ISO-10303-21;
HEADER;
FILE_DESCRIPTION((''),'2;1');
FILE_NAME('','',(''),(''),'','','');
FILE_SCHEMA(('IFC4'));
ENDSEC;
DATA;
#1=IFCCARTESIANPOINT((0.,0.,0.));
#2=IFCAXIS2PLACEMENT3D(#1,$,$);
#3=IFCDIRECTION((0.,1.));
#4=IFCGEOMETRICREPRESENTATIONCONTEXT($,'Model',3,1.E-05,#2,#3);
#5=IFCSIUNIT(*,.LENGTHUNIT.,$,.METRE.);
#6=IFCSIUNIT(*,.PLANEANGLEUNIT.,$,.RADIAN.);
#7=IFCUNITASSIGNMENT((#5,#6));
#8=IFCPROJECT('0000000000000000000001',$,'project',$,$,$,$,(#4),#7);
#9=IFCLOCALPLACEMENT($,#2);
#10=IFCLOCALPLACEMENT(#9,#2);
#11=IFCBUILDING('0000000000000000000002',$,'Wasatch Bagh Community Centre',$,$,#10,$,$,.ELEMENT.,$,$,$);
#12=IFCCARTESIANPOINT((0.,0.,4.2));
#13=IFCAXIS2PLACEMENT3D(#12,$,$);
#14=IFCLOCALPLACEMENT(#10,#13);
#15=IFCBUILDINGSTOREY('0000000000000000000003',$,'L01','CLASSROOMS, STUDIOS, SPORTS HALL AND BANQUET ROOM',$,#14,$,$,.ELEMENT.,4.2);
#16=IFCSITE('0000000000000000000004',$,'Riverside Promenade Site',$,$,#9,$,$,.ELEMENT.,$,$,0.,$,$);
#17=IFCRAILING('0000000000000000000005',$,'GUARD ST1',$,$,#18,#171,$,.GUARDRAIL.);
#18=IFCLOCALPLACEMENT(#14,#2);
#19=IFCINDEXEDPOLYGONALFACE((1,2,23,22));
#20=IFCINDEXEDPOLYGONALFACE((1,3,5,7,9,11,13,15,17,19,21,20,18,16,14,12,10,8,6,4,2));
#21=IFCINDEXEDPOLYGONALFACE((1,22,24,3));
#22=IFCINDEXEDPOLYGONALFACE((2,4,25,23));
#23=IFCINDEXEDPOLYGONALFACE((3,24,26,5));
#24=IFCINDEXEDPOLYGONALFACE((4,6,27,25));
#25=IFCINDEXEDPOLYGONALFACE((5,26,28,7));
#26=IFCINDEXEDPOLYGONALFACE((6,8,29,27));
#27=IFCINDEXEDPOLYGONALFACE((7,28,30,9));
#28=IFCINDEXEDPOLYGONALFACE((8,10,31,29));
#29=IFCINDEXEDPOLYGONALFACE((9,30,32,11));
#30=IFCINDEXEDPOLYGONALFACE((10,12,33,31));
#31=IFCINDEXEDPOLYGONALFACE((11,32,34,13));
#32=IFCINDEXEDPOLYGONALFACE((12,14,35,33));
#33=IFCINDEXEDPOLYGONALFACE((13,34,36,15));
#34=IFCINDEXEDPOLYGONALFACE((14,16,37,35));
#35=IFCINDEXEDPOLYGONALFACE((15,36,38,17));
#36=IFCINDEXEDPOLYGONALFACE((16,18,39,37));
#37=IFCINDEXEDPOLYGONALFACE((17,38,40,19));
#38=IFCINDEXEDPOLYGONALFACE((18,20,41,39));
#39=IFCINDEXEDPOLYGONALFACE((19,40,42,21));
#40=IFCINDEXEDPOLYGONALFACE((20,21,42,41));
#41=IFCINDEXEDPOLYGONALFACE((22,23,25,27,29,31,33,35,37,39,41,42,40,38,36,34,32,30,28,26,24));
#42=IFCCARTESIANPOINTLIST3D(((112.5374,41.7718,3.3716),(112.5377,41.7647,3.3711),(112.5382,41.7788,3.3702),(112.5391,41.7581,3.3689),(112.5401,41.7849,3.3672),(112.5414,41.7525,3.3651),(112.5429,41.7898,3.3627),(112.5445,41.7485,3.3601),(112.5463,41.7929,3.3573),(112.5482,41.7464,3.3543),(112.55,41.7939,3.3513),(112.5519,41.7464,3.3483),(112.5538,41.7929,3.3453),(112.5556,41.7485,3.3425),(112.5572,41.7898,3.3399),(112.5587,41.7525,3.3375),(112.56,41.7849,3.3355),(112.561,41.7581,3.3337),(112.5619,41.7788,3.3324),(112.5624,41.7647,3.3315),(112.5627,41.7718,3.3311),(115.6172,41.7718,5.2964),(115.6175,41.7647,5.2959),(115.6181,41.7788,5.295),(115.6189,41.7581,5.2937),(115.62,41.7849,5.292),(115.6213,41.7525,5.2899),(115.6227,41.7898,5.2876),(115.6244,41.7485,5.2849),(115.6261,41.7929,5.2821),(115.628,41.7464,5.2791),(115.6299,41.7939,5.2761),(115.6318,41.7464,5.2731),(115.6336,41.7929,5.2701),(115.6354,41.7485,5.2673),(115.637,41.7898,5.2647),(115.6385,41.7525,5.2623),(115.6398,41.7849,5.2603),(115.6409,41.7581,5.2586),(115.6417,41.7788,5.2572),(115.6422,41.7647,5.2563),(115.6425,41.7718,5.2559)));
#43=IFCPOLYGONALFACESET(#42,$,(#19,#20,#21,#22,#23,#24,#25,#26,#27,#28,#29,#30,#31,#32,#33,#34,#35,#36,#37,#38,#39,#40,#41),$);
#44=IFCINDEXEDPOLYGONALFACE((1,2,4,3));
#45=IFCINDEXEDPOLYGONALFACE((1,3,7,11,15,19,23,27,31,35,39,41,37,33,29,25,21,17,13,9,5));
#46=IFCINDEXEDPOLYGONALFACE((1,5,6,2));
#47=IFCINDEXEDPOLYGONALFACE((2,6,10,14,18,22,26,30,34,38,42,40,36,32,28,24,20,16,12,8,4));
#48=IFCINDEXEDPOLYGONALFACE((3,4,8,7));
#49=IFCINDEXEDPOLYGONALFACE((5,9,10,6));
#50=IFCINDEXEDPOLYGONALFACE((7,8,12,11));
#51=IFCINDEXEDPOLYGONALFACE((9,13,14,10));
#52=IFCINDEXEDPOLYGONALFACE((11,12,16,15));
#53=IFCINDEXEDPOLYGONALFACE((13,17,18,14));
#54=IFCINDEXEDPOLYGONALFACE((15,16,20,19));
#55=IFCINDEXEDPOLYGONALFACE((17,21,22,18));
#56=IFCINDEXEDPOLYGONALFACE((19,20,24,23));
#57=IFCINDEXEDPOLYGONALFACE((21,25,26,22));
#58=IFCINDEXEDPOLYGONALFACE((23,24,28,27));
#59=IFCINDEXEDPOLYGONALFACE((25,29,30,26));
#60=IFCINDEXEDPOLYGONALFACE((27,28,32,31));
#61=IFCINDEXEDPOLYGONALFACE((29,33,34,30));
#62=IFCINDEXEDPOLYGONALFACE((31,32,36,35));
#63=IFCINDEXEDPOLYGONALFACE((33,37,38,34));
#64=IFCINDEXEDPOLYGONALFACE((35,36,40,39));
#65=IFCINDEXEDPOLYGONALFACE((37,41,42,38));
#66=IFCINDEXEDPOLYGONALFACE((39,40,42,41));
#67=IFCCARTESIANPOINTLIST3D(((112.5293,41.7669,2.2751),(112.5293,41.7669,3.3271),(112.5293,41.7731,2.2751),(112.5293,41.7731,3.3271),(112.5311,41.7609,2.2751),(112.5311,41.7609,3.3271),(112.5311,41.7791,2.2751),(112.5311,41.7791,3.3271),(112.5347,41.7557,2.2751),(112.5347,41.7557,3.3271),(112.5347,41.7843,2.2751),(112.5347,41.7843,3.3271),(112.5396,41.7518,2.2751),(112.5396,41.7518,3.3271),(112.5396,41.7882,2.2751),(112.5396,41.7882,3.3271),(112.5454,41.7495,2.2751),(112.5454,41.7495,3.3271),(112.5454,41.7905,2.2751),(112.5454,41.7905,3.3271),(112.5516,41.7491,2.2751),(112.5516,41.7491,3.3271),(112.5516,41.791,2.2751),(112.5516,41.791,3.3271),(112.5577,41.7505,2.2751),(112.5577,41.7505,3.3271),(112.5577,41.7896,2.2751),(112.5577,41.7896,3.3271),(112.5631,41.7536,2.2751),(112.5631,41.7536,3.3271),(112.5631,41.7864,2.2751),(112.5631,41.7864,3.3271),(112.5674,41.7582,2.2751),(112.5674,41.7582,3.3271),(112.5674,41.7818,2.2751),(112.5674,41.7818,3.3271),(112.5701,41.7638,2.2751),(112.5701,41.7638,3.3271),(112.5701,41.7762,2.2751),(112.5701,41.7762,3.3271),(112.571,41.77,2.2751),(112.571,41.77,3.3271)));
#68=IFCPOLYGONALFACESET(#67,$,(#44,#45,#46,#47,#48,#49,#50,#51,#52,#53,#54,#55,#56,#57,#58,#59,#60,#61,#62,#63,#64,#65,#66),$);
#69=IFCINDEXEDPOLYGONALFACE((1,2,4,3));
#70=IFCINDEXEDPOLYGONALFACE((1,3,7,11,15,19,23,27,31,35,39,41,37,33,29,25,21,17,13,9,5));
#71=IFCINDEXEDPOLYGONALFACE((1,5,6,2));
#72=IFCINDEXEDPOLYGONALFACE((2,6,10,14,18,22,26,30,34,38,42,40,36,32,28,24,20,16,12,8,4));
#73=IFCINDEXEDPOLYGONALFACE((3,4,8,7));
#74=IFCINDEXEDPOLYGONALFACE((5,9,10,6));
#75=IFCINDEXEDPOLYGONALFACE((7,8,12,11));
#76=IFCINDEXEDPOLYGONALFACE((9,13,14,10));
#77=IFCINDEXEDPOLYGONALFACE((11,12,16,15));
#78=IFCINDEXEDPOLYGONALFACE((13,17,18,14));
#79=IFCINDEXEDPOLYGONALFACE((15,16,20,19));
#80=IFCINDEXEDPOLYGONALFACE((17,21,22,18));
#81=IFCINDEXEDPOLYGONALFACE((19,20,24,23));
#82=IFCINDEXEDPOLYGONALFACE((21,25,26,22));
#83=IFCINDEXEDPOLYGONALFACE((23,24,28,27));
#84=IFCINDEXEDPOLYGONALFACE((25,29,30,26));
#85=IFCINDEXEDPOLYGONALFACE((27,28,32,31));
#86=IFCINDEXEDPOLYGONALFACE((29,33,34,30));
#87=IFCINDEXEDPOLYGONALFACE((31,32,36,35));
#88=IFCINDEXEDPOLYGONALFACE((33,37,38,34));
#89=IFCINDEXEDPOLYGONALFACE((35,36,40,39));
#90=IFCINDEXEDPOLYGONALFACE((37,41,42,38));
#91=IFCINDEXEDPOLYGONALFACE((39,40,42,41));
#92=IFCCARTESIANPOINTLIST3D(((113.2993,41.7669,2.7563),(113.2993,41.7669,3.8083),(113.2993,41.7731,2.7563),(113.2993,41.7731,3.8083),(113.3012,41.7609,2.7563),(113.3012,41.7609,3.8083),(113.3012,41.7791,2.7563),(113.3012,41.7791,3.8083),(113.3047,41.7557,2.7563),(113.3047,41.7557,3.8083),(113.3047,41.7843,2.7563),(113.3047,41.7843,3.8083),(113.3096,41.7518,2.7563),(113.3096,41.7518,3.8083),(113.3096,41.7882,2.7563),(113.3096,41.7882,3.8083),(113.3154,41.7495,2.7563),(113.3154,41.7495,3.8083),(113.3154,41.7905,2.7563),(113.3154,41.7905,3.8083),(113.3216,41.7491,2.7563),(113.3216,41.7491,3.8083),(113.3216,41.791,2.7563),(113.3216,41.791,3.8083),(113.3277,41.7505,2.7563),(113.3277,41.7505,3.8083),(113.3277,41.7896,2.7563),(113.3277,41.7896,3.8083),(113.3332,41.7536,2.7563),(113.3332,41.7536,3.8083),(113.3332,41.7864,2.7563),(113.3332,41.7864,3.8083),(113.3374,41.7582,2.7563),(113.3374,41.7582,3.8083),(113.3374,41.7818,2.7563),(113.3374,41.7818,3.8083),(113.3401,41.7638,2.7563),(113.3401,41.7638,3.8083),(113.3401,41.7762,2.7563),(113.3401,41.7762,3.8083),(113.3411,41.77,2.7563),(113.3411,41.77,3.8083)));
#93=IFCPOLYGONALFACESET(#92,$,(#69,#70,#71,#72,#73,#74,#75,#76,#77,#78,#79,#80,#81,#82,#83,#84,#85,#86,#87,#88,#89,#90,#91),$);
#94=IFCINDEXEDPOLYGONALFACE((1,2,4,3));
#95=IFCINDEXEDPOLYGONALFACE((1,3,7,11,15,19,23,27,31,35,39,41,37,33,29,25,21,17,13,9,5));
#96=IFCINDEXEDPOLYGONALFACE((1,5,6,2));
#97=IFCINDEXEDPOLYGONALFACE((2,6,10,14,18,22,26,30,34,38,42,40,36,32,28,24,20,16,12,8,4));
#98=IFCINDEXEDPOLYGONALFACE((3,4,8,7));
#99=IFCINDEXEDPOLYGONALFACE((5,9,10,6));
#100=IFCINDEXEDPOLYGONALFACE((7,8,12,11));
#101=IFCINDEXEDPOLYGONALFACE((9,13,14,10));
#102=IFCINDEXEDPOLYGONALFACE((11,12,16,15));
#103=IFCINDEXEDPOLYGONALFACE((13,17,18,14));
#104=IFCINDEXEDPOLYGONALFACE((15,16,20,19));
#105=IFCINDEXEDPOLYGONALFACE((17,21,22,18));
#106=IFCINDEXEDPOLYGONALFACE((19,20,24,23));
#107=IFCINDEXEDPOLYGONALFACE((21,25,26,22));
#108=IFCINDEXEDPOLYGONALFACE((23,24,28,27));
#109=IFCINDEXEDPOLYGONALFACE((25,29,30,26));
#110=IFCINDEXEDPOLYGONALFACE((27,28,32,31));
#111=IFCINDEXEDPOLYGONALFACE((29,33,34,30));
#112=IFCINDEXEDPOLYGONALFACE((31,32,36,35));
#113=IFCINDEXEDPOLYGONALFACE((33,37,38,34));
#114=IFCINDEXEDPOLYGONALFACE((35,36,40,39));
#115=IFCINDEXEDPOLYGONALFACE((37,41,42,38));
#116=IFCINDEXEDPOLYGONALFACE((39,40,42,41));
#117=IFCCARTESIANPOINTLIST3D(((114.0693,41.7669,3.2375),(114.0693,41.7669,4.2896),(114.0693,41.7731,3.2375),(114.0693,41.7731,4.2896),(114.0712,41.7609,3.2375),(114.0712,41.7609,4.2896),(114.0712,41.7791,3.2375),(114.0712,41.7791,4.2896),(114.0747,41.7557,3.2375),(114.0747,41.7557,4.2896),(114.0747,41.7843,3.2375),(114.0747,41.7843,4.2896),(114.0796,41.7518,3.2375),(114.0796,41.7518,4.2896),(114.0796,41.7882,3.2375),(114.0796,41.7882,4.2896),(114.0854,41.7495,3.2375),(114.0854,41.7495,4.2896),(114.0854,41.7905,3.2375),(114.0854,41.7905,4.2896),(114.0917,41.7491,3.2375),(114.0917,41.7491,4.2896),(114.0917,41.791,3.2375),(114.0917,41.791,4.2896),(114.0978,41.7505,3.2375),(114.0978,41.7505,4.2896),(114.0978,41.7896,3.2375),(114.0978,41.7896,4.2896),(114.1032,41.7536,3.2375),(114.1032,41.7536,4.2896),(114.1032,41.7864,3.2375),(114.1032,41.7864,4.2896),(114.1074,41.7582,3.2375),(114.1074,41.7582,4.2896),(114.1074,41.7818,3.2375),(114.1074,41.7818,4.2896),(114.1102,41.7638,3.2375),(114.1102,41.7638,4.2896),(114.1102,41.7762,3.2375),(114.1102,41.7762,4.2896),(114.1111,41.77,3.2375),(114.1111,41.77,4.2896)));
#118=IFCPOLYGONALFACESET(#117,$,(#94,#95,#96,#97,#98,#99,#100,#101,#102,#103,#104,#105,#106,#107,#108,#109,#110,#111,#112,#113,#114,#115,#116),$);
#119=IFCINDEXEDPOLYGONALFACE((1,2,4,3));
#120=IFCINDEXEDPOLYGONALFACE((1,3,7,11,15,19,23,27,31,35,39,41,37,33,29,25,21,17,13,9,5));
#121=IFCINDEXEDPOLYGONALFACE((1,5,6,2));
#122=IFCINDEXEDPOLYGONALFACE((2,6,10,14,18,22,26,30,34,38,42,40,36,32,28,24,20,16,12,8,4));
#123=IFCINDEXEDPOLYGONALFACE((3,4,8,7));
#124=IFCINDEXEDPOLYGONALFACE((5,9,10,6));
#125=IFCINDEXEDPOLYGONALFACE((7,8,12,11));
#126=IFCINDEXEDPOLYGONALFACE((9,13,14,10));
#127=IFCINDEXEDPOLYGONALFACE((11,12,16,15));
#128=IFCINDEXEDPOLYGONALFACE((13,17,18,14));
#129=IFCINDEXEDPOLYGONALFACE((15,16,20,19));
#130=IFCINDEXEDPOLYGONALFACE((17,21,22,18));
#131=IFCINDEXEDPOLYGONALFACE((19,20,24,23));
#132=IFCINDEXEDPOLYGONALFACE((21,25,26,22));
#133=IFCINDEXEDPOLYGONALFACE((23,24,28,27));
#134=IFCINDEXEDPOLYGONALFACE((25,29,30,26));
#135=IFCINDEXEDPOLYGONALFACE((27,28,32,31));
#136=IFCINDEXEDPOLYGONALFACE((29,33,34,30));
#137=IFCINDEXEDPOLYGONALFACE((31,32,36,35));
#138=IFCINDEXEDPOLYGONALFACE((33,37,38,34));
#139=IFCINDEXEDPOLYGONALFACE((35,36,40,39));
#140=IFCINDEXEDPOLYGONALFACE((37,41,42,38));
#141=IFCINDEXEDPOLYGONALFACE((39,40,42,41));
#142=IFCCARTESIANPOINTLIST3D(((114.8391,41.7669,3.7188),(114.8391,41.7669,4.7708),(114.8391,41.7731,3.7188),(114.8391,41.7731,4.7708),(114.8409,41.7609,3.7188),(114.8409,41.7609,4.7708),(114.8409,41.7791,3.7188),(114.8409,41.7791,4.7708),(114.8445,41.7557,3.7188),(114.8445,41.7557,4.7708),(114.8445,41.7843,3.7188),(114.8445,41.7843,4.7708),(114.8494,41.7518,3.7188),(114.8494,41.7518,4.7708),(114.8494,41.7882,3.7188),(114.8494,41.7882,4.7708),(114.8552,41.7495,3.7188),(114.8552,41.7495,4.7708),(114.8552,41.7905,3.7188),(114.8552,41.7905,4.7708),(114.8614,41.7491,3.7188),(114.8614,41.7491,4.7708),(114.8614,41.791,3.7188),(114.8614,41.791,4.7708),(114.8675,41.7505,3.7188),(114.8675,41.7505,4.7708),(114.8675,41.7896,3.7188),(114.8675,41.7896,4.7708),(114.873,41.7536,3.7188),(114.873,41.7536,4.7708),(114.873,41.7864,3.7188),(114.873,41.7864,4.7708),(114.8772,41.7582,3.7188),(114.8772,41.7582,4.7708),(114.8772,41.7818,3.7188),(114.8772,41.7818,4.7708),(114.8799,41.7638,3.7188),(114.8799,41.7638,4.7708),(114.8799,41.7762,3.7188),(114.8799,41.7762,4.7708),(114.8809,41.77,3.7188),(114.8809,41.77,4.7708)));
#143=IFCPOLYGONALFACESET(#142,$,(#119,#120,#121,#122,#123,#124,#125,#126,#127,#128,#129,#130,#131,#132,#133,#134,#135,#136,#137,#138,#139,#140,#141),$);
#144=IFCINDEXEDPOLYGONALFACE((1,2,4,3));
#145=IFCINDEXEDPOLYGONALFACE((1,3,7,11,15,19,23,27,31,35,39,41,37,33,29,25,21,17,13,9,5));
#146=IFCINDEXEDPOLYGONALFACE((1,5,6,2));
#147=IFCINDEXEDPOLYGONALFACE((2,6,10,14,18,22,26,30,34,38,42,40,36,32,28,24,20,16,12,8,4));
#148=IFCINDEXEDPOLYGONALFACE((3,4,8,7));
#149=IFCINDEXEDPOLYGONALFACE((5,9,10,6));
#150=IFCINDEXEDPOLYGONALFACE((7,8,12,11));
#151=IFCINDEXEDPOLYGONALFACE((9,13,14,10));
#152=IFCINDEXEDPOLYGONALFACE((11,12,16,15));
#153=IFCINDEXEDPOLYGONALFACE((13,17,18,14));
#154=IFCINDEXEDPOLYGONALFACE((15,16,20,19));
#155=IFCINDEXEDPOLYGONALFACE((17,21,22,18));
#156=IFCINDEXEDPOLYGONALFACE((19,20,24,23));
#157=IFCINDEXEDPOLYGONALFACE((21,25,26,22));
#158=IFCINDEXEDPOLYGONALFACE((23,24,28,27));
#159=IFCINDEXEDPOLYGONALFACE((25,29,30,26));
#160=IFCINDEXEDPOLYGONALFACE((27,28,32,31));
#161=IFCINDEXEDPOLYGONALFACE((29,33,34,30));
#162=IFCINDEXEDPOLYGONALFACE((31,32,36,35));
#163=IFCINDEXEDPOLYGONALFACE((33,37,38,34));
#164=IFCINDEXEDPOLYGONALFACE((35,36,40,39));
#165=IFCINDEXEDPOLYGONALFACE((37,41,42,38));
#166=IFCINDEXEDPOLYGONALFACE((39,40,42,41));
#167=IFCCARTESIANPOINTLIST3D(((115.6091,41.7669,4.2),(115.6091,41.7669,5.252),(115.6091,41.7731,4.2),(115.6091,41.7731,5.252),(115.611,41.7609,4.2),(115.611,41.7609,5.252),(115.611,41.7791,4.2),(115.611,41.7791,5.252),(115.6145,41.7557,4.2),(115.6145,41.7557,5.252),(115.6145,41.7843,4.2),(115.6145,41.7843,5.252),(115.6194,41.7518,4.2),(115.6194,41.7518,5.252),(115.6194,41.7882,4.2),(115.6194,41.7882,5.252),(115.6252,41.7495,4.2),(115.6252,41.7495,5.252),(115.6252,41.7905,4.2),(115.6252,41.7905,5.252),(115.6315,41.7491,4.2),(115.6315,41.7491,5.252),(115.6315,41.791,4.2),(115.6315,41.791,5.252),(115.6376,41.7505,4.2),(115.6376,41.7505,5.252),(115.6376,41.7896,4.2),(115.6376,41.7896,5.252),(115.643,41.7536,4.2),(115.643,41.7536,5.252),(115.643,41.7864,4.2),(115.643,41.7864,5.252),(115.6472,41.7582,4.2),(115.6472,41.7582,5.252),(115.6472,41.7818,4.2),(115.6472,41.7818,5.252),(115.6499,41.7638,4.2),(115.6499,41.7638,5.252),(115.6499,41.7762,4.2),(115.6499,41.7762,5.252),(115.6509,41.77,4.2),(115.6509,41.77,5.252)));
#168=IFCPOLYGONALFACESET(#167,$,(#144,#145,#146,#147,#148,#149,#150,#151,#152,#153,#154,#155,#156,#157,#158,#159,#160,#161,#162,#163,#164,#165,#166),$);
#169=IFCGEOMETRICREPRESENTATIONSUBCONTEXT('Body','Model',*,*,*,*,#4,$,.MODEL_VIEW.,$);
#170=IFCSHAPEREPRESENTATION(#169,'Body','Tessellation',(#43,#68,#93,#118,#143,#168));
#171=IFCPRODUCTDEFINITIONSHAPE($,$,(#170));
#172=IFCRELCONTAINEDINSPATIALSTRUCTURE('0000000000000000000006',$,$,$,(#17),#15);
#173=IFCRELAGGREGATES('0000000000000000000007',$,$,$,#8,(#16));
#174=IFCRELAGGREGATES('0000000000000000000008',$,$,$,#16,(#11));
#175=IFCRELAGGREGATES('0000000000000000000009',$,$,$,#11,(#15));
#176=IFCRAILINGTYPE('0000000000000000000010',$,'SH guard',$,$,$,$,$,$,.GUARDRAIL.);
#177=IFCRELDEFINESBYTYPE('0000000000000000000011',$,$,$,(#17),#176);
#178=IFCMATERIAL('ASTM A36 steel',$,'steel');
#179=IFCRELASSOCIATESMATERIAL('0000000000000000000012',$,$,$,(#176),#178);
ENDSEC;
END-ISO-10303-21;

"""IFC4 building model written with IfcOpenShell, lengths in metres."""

from ifc_helpers import new_model, si_unit, direction, frame, origin, origin_2d, place, context, subcontext, project, spatial, circle, extrude, material, type_object, element, save


model = new_model("IFC4")

# Units and contexts
model_context = context("Model", 3, precision=1e-05, world=origin(), true_north=direction((0.0, 1.0)))
body_context = subcontext(model_context, "Body", "Model", "MODEL_VIEW")
ifc_project = project(units=[si_unit("LENGTHUNIT", "METRE"), si_unit("PLANEANGLEUNIT", "RADIAN")], contexts=[model_context])

# Site, building, storey
site_placement = place(None, origin())
site = spatial("IfcSite", under=ifc_project, at=site_placement, Name="Riverside Promenade Site", CompositionType="ELEMENT", RefElevation=0.0)
building_placement = place(site_placement, origin())
building = spatial("IfcBuilding", under=site, at=building_placement, Name="Wasatch Bagh Community Centre", CompositionType="ELEMENT")
storey_placement = place(building_placement, frame((0.0, 0.0, 4.2)))
storey = spatial("IfcBuildingStorey", under=building, at=storey_placement, Name="L01", Description="CLASSROOMS, STUDIOS, SPORTS HALL AND BANQUET ROOM", CompositionType="ELEMENT", Elevation=4.2)

# Railing
ifc_material_1 = material(Name="ASTM A36 steel", Category="steel")
railing_type_1 = type_object("IfcRailingType", Name="SH guard", PredefinedType="GUARDRAIL", material=ifc_material_1)
for number, where, name in (
    (1, (112.55, 41.77, 2.2751), "GUARD ST1"),
):
    element("IfcRailing", number, at=place(storey_placement, frame(where)), inside=storey, type_object=railing_type_1, Name=name, PredefinedType="GUARDRAIL", context=body_context, shape_type="SweptSolid", body=[
        extrude(circle(Radius=0.0239, at=origin_2d()), frame((0.0, 0.0, 1.0762), z_axis=(0.84801, 0.0, 0.529981), x_axis=(0.0, 1.0, 0.0)), (0.0, 0.0, 1.0), 3.6318),
        extrude(circle(Radius=0.021, at=origin_2d()), origin(), (0.0, 0.0, 1.0), 1.052),
        extrude(circle(Radius=0.021, at=origin_2d()), frame((0.77, 0.0, 0.4812)), (0.0, 0.0, 1.0), 1.052),
        extrude(circle(Radius=0.021, at=origin_2d()), frame((1.54, 0.0, 0.9624)), (0.0, 0.0, 1.0), 1.052),
        extrude(circle(Radius=0.021, at=origin_2d()), frame((2.3098, 0.0, 1.4436)), (0.0, 0.0, 1.0), 1.052),
        extrude(circle(Radius=0.021, at=origin_2d()), frame((3.0798, 0.0, 1.9248)), (0.0, 0.0, 1.0), 1.052),
    ])

save(model, "model.ifc")
